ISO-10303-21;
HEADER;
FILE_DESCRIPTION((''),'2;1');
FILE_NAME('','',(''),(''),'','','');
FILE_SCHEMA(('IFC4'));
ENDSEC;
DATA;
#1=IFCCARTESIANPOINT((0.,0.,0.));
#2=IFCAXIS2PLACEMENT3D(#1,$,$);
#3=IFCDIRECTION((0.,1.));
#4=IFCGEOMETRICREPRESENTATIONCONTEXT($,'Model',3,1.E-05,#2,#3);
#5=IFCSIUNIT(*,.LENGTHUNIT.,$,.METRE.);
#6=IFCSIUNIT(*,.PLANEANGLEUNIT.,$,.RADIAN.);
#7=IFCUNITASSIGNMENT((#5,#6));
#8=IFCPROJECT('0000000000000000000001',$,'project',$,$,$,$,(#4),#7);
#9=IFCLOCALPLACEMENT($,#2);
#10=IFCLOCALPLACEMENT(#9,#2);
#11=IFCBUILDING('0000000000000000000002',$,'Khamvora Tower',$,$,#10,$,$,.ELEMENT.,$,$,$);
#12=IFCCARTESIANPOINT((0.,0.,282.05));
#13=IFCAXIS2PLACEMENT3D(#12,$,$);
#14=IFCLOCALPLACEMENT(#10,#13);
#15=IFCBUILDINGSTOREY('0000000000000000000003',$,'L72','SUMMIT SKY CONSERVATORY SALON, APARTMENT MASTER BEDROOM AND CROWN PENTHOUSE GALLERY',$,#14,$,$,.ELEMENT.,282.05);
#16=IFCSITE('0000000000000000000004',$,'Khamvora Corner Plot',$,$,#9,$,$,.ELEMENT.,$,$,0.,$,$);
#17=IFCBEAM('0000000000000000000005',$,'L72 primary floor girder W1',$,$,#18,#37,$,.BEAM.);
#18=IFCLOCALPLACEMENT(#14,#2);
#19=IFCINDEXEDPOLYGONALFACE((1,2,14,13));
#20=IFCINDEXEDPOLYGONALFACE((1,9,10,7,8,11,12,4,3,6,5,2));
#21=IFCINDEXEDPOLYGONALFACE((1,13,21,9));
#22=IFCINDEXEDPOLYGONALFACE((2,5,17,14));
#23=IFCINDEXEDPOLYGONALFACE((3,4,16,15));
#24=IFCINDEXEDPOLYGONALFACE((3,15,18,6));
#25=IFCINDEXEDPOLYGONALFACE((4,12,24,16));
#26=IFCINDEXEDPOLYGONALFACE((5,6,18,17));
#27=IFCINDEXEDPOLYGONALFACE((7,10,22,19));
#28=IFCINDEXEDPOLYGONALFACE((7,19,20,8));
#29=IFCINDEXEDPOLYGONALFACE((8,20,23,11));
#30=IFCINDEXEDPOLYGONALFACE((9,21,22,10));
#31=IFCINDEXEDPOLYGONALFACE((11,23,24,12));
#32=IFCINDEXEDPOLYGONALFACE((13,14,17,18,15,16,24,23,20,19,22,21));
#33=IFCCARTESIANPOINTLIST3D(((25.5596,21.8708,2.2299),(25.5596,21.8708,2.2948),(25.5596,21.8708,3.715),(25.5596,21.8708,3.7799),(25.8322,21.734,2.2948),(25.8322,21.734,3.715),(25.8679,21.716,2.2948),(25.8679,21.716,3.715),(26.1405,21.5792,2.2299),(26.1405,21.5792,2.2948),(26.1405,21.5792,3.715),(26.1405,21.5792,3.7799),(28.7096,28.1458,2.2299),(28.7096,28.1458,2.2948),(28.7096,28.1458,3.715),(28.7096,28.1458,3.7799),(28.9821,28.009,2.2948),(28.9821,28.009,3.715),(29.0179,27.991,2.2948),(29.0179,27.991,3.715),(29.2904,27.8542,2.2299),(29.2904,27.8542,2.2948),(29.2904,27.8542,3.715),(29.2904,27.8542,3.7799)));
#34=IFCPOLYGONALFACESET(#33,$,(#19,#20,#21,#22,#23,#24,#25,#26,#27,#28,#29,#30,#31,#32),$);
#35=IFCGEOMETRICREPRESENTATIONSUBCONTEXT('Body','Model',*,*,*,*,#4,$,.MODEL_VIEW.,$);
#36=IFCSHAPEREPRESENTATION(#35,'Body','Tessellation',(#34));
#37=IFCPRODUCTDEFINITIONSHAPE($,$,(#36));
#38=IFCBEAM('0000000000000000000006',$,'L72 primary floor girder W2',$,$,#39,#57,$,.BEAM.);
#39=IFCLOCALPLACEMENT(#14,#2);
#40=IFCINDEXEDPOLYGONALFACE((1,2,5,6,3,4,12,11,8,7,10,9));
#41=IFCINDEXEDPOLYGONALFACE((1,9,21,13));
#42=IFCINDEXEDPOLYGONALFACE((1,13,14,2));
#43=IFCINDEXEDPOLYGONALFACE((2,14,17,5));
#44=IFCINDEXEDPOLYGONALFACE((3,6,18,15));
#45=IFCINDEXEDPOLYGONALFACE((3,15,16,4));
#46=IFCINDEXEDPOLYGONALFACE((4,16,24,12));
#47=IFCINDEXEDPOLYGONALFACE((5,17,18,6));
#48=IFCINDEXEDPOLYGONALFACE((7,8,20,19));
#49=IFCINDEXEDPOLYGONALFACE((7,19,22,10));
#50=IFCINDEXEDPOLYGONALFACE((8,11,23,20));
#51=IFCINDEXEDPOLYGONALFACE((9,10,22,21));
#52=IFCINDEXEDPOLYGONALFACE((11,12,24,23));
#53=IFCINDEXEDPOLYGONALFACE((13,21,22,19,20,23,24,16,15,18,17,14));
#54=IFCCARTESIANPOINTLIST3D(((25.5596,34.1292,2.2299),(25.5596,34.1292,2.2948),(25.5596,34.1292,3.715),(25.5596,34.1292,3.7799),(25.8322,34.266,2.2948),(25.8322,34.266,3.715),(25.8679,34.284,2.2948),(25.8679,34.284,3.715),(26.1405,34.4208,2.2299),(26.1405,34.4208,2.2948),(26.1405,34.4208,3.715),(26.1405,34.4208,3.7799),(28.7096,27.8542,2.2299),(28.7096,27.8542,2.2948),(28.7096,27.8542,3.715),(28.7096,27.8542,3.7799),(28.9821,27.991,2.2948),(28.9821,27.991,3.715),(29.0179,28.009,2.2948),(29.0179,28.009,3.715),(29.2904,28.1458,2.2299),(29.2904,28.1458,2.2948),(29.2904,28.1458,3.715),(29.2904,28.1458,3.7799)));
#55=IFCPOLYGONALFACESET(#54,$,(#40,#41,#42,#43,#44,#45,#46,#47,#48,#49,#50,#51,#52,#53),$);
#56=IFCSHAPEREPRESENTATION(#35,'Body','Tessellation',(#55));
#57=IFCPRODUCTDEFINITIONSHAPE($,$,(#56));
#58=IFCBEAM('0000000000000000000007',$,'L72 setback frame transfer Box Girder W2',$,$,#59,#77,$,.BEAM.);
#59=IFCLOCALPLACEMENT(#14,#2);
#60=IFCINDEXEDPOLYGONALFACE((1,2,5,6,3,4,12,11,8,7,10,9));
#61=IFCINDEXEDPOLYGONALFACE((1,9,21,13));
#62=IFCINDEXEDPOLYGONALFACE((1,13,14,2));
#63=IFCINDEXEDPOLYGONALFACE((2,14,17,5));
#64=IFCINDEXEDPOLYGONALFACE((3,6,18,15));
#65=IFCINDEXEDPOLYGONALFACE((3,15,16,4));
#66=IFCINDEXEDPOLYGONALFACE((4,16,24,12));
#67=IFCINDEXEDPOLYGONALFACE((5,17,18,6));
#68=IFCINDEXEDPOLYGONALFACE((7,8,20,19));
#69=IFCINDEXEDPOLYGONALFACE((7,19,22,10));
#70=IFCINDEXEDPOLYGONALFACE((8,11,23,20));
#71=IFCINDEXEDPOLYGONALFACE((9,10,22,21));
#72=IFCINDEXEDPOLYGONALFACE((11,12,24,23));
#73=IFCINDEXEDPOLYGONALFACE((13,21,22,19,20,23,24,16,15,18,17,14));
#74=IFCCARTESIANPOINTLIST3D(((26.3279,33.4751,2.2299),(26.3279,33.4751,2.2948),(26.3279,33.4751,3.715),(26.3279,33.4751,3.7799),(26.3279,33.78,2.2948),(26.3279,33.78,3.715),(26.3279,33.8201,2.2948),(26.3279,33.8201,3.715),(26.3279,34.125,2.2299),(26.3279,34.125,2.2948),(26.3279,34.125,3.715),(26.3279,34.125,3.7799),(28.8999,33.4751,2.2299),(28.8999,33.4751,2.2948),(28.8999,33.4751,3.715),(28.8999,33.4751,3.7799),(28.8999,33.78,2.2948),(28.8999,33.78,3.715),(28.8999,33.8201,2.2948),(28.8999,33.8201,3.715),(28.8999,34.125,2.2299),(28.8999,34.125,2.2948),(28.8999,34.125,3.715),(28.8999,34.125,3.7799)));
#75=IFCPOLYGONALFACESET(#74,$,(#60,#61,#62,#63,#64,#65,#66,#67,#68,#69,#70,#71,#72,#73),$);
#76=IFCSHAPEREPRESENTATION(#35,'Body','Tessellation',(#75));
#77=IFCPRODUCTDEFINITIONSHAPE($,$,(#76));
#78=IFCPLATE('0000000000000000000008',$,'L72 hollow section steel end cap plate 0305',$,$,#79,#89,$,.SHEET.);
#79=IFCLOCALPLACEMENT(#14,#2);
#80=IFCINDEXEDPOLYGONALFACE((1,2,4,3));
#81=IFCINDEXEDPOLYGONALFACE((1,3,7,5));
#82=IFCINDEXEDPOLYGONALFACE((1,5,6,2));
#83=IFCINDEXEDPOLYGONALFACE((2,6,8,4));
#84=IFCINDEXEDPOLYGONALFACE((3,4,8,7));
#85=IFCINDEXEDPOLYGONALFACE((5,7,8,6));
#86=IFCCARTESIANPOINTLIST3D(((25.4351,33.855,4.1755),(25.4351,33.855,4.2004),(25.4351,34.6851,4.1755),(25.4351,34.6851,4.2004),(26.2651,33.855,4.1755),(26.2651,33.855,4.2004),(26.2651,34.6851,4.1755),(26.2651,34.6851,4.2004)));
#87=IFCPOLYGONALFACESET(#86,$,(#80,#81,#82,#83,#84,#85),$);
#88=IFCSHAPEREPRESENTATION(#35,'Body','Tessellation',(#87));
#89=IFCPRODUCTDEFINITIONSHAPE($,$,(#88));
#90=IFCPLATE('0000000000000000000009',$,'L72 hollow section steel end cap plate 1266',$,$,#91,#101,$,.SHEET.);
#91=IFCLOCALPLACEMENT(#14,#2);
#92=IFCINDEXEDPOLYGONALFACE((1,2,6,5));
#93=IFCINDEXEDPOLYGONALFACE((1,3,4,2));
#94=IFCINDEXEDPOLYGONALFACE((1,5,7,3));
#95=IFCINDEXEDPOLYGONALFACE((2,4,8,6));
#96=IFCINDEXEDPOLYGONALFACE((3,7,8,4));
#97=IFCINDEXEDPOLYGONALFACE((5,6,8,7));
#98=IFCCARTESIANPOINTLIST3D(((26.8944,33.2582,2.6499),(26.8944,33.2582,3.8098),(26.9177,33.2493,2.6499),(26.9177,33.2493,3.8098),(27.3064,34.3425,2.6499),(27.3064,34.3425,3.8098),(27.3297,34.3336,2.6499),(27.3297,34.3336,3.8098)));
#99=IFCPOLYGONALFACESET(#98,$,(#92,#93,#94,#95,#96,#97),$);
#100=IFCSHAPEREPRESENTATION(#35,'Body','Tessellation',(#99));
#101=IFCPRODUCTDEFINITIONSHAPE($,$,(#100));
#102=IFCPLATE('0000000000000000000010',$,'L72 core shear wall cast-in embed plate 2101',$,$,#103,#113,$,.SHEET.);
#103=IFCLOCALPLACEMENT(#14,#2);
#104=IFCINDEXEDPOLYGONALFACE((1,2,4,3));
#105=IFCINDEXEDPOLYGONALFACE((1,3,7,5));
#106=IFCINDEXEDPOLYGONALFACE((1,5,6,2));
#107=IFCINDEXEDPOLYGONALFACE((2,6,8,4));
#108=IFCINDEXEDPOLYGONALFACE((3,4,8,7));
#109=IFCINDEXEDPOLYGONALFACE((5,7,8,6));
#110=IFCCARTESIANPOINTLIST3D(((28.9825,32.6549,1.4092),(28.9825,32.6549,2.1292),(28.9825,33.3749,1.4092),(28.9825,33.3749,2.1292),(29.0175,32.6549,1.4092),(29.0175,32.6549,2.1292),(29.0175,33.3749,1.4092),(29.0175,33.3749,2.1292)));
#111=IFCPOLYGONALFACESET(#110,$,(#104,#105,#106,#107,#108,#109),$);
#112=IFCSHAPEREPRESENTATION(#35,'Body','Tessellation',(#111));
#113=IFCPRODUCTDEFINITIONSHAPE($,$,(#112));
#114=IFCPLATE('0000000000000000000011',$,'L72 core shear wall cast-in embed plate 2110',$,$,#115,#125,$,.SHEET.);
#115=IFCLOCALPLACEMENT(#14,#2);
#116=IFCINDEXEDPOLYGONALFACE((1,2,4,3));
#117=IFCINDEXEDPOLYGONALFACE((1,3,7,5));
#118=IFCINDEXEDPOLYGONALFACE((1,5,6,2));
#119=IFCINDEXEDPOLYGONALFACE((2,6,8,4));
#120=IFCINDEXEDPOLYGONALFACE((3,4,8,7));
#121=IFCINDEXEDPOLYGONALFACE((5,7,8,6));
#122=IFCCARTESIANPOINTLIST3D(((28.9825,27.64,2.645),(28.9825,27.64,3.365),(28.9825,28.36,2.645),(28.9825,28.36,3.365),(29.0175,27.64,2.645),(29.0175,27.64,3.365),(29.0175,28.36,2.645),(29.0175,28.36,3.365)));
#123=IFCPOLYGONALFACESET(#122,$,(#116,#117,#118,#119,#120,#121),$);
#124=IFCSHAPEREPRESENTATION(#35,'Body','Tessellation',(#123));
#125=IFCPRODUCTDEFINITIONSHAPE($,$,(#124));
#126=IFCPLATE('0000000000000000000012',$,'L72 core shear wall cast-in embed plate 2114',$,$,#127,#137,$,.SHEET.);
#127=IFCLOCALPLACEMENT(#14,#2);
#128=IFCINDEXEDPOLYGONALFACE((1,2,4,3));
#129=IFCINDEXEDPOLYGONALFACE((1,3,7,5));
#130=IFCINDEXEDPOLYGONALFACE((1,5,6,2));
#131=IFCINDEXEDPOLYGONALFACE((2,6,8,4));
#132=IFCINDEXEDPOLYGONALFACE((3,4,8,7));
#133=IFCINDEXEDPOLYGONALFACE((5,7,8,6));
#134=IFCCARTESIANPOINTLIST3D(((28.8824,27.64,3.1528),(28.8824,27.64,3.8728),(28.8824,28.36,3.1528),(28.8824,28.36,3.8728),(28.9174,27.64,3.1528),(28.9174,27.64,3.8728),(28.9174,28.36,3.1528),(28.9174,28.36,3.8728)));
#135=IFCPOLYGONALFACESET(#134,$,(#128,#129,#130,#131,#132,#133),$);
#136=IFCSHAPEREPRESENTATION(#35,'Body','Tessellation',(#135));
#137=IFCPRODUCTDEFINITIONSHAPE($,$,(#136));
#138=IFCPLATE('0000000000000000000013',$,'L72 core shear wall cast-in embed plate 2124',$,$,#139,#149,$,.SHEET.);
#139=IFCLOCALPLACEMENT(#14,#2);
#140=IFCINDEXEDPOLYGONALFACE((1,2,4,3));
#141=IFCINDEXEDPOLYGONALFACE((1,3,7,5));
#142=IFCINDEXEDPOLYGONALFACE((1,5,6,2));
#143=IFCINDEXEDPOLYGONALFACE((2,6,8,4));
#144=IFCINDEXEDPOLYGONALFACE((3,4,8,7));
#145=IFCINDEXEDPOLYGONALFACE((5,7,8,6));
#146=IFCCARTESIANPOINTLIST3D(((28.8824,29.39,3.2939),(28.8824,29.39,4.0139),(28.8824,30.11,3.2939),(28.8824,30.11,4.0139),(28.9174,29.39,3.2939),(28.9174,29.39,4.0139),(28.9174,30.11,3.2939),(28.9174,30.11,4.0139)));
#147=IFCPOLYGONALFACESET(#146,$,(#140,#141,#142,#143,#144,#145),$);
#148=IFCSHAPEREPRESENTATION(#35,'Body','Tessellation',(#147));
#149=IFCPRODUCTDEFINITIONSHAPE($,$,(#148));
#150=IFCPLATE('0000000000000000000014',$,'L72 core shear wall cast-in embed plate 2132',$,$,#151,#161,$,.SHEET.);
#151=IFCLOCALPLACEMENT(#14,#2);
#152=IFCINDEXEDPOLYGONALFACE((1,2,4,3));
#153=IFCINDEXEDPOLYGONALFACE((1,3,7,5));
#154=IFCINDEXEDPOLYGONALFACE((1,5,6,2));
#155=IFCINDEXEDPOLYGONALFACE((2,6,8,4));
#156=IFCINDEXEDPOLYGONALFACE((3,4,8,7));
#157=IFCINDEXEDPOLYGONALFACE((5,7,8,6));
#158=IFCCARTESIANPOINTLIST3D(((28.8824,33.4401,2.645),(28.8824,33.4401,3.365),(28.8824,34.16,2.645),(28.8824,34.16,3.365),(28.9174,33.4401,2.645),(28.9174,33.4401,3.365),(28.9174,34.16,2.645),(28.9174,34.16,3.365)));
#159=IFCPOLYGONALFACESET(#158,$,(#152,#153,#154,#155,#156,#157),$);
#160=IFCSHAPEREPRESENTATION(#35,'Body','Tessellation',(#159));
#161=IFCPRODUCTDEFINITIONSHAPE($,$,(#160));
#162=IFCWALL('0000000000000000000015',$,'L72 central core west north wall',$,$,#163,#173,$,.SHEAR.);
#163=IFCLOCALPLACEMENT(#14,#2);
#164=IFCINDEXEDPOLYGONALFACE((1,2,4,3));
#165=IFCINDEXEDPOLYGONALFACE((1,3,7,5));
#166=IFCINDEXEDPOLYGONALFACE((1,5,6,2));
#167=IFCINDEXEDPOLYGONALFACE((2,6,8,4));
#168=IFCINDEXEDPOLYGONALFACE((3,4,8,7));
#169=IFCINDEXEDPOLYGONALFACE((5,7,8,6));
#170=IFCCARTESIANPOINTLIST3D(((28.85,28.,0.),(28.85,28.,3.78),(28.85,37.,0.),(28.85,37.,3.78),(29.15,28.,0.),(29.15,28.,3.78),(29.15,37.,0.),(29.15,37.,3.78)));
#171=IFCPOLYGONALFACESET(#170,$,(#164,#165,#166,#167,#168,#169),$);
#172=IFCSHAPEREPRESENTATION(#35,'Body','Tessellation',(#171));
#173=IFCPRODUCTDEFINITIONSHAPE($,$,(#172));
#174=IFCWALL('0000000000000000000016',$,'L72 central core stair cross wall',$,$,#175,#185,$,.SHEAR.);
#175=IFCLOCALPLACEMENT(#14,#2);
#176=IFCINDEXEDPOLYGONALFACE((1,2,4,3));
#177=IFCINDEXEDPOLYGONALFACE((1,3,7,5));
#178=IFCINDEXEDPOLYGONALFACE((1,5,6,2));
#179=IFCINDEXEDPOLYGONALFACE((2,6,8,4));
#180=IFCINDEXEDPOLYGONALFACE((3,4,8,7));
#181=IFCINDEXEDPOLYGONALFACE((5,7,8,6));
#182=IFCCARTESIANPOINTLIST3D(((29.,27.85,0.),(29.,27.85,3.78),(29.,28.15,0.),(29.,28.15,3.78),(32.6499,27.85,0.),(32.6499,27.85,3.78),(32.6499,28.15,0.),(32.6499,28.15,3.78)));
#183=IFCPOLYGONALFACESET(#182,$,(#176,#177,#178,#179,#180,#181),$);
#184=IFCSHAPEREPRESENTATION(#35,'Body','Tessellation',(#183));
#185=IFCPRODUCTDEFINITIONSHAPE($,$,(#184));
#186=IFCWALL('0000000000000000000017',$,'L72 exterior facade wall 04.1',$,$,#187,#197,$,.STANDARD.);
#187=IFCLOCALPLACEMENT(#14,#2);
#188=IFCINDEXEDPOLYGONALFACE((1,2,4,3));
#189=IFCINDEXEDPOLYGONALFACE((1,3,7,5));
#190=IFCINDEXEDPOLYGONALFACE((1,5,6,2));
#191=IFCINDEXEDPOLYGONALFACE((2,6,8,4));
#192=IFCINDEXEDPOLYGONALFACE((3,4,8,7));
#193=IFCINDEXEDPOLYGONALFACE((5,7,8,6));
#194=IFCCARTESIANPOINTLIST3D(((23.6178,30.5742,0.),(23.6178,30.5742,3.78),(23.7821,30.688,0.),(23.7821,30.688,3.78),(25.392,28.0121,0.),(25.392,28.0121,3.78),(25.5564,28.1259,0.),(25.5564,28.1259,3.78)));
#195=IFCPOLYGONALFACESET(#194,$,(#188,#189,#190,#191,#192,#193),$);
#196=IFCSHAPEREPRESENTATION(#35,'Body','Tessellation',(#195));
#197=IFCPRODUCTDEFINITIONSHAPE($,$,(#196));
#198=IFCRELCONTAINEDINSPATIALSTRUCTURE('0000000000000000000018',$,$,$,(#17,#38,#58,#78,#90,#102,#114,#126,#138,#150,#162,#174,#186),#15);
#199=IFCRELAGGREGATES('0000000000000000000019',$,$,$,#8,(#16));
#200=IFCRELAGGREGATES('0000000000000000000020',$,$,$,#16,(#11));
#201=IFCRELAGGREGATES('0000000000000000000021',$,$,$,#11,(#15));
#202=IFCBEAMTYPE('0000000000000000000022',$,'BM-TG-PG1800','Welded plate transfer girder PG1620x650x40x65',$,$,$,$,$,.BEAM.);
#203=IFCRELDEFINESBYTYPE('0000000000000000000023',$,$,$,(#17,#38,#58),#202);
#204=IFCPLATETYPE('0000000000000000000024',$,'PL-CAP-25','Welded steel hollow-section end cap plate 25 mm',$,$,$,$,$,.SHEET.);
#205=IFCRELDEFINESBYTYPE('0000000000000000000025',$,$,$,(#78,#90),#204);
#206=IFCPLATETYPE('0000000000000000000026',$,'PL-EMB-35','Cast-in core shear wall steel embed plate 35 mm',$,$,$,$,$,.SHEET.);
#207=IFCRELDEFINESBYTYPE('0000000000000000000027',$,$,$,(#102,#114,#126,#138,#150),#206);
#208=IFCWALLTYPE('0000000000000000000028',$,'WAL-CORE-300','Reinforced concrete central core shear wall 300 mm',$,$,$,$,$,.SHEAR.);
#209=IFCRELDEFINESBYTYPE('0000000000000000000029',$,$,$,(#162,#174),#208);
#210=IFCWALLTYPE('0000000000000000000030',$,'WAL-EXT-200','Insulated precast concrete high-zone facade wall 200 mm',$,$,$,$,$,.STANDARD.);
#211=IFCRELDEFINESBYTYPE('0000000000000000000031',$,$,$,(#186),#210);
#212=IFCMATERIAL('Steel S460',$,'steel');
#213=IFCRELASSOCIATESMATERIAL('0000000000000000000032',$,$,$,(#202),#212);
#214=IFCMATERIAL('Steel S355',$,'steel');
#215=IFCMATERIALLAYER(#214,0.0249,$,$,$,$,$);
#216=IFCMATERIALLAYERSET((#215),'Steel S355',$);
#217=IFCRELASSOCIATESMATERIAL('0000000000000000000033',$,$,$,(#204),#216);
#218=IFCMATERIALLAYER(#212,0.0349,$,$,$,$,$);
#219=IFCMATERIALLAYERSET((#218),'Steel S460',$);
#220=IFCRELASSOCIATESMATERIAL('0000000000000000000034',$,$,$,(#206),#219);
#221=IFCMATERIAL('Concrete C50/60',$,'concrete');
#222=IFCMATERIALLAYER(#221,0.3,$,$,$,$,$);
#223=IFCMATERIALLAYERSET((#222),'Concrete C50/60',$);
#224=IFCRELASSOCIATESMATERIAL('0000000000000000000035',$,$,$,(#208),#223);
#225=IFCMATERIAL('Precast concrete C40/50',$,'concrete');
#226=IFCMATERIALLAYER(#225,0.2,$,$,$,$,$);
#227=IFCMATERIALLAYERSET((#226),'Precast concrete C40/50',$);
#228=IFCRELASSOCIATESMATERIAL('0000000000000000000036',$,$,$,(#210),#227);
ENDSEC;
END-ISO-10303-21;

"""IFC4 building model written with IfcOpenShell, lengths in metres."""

from ifc_helpers import new_model, si_unit, direction, frame, frame_2d, origin, origin_2d, place, context, subcontext, project, spatial, rectangle, i_section, extrude, material, layer, layer_set, material_profile, profile_set, type_object, element, save


model = new_model("IFC4")

# Units and contexts
model_context = context("Model", 3, precision=1e-05, world=origin(), true_north=direction((0.0, 1.0)))
body_context = subcontext(model_context, "Body", "Model", "MODEL_VIEW")
ifc_project = project(units=[si_unit("LENGTHUNIT", "METRE"), si_unit("PLANEANGLEUNIT", "RADIAN")], contexts=[model_context])

# Site, building, storey
site_placement = place(None, origin())
site = spatial("IfcSite", under=ifc_project, at=site_placement, Name="Khamvora Corner Plot", CompositionType="ELEMENT", RefElevation=0.0)
building_placement = place(site_placement, origin())
building = spatial("IfcBuilding", under=site, at=building_placement, Name="Khamvora Tower", CompositionType="ELEMENT")
storey_placement = place(building_placement, frame((0.0, 0.0, 282.05)))
storey = spatial("IfcBuildingStorey", under=building, at=storey_placement, Name="L72", Description="SUMMIT SKY CONSERVATORY SALON, APARTMENT MASTER BEDROOM AND CROWN PENTHOUSE GALLERY", CompositionType="ELEMENT", Elevation=282.05)

# Shared definitions
ifc_material_1 = material(Name="Steel S355", Category="steel")

# Beams
ifc_material_2 = material(Name="Steel S460", Category="steel")
ifc_material_profile_1 = material_profile(ifc_material_2, i_section(OverallWidth=0.6499, OverallDepth=1.55, WebThickness=0.04, FlangeThickness=0.0649, at=origin_2d()), Name="PG1550x650x40x65")
ifc_profile_set_1 = profile_set([ifc_material_profile_1], Name="Steel S460")
beam_type_1 = type_object("IfcBeamType", Name="BM-TG-PG1800", Description="Welded plate transfer girder PG1620x650x40x65", PredefinedType="BEAM", material=ifc_profile_set_1)
for number, where, z_axis, x_axis, name in (
    (1, (29.0, 28.0, 3.0049), (-0.448632, -0.893717, 0.0), (0.893717, -0.448632, 0.0), "L72 primary floor girder W1"),
    (2, (29.0, 28.0, 3.0049), (-0.448632, 0.893717, 0.0), (-0.893717, -0.448632, 0.0), "L72 primary floor girder W2"),
):
    element("IfcBeam", number, at=place(storey_placement, frame(where, z_axis=z_axis, x_axis=x_axis)), inside=storey, type_object=beam_type_1, Name=name, PredefinedType="BEAM", context=body_context, shape_type="SweptSolid", body=[
        extrude(i_section(OverallWidth=0.6499, OverallDepth=1.55, WebThickness=0.04, FlangeThickness=0.0649, at=origin_2d()), origin(), (0.0, 0.0, 1.0), 7.0212),
    ])
beam_1_placement = place(storey_placement, frame((26.3279, 33.8, 3.0049), z_axis=(1.0, 0.0, 0.0), x_axis=(0.0, 1.0, 0.0)))
element("IfcBeam", 3, at=beam_1_placement, inside=storey, type_object=beam_type_1, Name="L72 setback frame transfer Box Girder W2", PredefinedType="BEAM", context=body_context, shape_type="SweptSolid", body=[
    extrude(i_section(OverallWidth=0.6499, OverallDepth=1.55, WebThickness=0.04, FlangeThickness=0.0649, at=origin_2d()), origin(), (0.0, 0.0, 1.0), 2.572),
])

# Plates
ifc_layer_1 = layer(ifc_material_1, 0.0249)
ifc_layer_set_1 = layer_set([ifc_layer_1], Name="Steel S355")
plate_type_1 = type_object("IfcPlateType", Name="PL-CAP-25", Description="Welded steel hollow-section end cap plate 25 mm", PredefinedType="SHEET", material=ifc_layer_set_1)
plate_1_placement = place(storey_placement, frame((25.8501, 34.27, 4.1755), z_axis=(0.0, 0.0, 1.0), x_axis=(1.0, 0.0, 0.0)))
element("IfcPlate", 4, at=plate_1_placement, inside=storey, type_object=plate_type_1, Name="L72 hollow section steel end cap plate 0305", PredefinedType="SHEET", context=body_context, shape_type="SweptSolid", body=[
    extrude(rectangle(XDim=0.8301, YDim=0.8301, at=origin_2d()), origin(), (0.0, 0.0, 1.0), 0.0249),
])
plate_2_placement = place(storey_placement, frame((27.1121, 33.7959, 2.6499), z_axis=(0.0, 0.0, 1.0), x_axis=(0.934782, -0.355221, 0.0)))
element("IfcPlate", 5, at=plate_2_placement, inside=storey, type_object=plate_type_1, Name="L72 hollow section steel end cap plate 1266", PredefinedType="SHEET", context=body_context, shape_type="SweptSolid", body=[
    extrude(rectangle(XDim=0.0249, YDim=1.1599, at=origin_2d()), origin(), (0.0, 0.0, 1.0), 1.1599),
])
ifc_layer_2 = layer(ifc_material_2, 0.0349)
ifc_layer_set_2 = layer_set([ifc_layer_2], Name="Steel S460")
plate_type_2 = type_object("IfcPlateType", Name="PL-EMB-35", Description="Cast-in core shear wall steel embed plate 35 mm", PredefinedType="SHEET", material=ifc_layer_set_2)
for number, where, z_axis, x_axis, name in (
    (6, (29.0, 33.0149, 1.4092), (0.0, 0.0, 1.0), (1.0, 0.0, 0.0), "L72 core shear wall cast-in embed plate 2101"),
    (7, (29.0, 28.0, 2.645), (0.0, 0.0, 1.0), (1.0, 0.0, 0.0), "L72 core shear wall cast-in embed plate 2110"),
    (8, (28.8999, 28.0, 3.1528), (0.0, 0.0, 1.0), (1.0, 0.0, 0.0), "L72 core shear wall cast-in embed plate 2114"),
    (9, (28.8999, 29.75, 3.2939), (0.0, 0.0, 1.0), (1.0, 0.0, 0.0), "L72 core shear wall cast-in embed plate 2124"),
    (10, (28.8999, 33.8, 2.645), (0.0, 0.0, 1.0), (1.0, 0.0, 0.0), "L72 core shear wall cast-in embed plate 2132"),
):
    element("IfcPlate", number, at=place(storey_placement, frame(where, z_axis=z_axis, x_axis=x_axis)), inside=storey, type_object=plate_type_2, Name=name, PredefinedType="SHEET", context=body_context, shape_type="SweptSolid", body=[
        extrude(rectangle(XDim=0.0349, YDim=0.72, at=origin_2d()), origin(), (0.0, 0.0, 1.0), 0.72),
    ])

# Walls
ifc_material_3 = material(Name="Concrete C50/60", Category="concrete")
ifc_layer_3 = layer(ifc_material_3, 0.3)
ifc_layer_set_3 = layer_set([ifc_layer_3], Name="Concrete C50/60")
wall_type_1 = type_object("IfcWallType", Name="WAL-CORE-300", Description="Reinforced concrete central core shear wall 300 mm", PredefinedType="SHEAR", material=ifc_layer_set_3)
wall_1_placement = place(storey_placement, frame((29.0, 28.0, 0.0), z_axis=(0.0, 0.0, 1.0), x_axis=(0.0, 1.0, 0.0)))
element("IfcWall", 11, at=wall_1_placement, inside=storey, type_object=wall_type_1, Name="L72 central core west north wall", PredefinedType="SHEAR", context=body_context, shape_type="SweptSolid", body=[
    extrude(rectangle(XDim=9.0, YDim=0.3, at=frame_2d((4.5, 0.0))), origin(), (0.0, 0.0, 1.0), 3.78),
])
wall_2_placement = place(storey_placement, frame((29.0, 28.0, 0.0), z_axis=(0.0, 0.0, 1.0), x_axis=(1.0, 0.0, 0.0)))
element("IfcWall", 12, at=wall_2_placement, inside=storey, type_object=wall_type_1, Name="L72 central core stair cross wall", PredefinedType="SHEAR", context=body_context, shape_type="SweptSolid", body=[
    extrude(rectangle(XDim=3.6499, YDim=0.3, at=frame_2d((1.825, 0.0))), origin(), (0.0, 0.0, 1.0), 3.78),
])
ifc_material_4 = material(Name="Precast concrete C40/50", Category="concrete")
ifc_layer_4 = layer(ifc_material_4, 0.2)
ifc_layer_set_4 = layer_set([ifc_layer_4], Name="Precast concrete C40/50")
wall_type_2 = type_object("IfcWallType", Name="WAL-EXT-200", Description="Insulated precast concrete high-zone facade wall 200 mm", PredefinedType="STANDARD", material=ifc_layer_set_4)
wall_3_placement = place(storey_placement, frame((25.4741, 28.0691, 0.0), z_axis=(0.0, 0.0, 1.0), x_axis=(-0.569312, 0.822122, 0.0)))
element("IfcWall", 13, at=wall_3_placement, inside=storey, type_object=wall_type_2, Name="L72 exterior facade wall 04.1", PredefinedType="STANDARD", context=body_context, shape_type="SweptSolid", body=[
    extrude(rectangle(XDim=3.1165, YDim=0.2, at=frame_2d((1.5581, 0.0))), origin(), (0.0, 0.0, 1.0), 3.78),
])

save(model, "model.ifc")
